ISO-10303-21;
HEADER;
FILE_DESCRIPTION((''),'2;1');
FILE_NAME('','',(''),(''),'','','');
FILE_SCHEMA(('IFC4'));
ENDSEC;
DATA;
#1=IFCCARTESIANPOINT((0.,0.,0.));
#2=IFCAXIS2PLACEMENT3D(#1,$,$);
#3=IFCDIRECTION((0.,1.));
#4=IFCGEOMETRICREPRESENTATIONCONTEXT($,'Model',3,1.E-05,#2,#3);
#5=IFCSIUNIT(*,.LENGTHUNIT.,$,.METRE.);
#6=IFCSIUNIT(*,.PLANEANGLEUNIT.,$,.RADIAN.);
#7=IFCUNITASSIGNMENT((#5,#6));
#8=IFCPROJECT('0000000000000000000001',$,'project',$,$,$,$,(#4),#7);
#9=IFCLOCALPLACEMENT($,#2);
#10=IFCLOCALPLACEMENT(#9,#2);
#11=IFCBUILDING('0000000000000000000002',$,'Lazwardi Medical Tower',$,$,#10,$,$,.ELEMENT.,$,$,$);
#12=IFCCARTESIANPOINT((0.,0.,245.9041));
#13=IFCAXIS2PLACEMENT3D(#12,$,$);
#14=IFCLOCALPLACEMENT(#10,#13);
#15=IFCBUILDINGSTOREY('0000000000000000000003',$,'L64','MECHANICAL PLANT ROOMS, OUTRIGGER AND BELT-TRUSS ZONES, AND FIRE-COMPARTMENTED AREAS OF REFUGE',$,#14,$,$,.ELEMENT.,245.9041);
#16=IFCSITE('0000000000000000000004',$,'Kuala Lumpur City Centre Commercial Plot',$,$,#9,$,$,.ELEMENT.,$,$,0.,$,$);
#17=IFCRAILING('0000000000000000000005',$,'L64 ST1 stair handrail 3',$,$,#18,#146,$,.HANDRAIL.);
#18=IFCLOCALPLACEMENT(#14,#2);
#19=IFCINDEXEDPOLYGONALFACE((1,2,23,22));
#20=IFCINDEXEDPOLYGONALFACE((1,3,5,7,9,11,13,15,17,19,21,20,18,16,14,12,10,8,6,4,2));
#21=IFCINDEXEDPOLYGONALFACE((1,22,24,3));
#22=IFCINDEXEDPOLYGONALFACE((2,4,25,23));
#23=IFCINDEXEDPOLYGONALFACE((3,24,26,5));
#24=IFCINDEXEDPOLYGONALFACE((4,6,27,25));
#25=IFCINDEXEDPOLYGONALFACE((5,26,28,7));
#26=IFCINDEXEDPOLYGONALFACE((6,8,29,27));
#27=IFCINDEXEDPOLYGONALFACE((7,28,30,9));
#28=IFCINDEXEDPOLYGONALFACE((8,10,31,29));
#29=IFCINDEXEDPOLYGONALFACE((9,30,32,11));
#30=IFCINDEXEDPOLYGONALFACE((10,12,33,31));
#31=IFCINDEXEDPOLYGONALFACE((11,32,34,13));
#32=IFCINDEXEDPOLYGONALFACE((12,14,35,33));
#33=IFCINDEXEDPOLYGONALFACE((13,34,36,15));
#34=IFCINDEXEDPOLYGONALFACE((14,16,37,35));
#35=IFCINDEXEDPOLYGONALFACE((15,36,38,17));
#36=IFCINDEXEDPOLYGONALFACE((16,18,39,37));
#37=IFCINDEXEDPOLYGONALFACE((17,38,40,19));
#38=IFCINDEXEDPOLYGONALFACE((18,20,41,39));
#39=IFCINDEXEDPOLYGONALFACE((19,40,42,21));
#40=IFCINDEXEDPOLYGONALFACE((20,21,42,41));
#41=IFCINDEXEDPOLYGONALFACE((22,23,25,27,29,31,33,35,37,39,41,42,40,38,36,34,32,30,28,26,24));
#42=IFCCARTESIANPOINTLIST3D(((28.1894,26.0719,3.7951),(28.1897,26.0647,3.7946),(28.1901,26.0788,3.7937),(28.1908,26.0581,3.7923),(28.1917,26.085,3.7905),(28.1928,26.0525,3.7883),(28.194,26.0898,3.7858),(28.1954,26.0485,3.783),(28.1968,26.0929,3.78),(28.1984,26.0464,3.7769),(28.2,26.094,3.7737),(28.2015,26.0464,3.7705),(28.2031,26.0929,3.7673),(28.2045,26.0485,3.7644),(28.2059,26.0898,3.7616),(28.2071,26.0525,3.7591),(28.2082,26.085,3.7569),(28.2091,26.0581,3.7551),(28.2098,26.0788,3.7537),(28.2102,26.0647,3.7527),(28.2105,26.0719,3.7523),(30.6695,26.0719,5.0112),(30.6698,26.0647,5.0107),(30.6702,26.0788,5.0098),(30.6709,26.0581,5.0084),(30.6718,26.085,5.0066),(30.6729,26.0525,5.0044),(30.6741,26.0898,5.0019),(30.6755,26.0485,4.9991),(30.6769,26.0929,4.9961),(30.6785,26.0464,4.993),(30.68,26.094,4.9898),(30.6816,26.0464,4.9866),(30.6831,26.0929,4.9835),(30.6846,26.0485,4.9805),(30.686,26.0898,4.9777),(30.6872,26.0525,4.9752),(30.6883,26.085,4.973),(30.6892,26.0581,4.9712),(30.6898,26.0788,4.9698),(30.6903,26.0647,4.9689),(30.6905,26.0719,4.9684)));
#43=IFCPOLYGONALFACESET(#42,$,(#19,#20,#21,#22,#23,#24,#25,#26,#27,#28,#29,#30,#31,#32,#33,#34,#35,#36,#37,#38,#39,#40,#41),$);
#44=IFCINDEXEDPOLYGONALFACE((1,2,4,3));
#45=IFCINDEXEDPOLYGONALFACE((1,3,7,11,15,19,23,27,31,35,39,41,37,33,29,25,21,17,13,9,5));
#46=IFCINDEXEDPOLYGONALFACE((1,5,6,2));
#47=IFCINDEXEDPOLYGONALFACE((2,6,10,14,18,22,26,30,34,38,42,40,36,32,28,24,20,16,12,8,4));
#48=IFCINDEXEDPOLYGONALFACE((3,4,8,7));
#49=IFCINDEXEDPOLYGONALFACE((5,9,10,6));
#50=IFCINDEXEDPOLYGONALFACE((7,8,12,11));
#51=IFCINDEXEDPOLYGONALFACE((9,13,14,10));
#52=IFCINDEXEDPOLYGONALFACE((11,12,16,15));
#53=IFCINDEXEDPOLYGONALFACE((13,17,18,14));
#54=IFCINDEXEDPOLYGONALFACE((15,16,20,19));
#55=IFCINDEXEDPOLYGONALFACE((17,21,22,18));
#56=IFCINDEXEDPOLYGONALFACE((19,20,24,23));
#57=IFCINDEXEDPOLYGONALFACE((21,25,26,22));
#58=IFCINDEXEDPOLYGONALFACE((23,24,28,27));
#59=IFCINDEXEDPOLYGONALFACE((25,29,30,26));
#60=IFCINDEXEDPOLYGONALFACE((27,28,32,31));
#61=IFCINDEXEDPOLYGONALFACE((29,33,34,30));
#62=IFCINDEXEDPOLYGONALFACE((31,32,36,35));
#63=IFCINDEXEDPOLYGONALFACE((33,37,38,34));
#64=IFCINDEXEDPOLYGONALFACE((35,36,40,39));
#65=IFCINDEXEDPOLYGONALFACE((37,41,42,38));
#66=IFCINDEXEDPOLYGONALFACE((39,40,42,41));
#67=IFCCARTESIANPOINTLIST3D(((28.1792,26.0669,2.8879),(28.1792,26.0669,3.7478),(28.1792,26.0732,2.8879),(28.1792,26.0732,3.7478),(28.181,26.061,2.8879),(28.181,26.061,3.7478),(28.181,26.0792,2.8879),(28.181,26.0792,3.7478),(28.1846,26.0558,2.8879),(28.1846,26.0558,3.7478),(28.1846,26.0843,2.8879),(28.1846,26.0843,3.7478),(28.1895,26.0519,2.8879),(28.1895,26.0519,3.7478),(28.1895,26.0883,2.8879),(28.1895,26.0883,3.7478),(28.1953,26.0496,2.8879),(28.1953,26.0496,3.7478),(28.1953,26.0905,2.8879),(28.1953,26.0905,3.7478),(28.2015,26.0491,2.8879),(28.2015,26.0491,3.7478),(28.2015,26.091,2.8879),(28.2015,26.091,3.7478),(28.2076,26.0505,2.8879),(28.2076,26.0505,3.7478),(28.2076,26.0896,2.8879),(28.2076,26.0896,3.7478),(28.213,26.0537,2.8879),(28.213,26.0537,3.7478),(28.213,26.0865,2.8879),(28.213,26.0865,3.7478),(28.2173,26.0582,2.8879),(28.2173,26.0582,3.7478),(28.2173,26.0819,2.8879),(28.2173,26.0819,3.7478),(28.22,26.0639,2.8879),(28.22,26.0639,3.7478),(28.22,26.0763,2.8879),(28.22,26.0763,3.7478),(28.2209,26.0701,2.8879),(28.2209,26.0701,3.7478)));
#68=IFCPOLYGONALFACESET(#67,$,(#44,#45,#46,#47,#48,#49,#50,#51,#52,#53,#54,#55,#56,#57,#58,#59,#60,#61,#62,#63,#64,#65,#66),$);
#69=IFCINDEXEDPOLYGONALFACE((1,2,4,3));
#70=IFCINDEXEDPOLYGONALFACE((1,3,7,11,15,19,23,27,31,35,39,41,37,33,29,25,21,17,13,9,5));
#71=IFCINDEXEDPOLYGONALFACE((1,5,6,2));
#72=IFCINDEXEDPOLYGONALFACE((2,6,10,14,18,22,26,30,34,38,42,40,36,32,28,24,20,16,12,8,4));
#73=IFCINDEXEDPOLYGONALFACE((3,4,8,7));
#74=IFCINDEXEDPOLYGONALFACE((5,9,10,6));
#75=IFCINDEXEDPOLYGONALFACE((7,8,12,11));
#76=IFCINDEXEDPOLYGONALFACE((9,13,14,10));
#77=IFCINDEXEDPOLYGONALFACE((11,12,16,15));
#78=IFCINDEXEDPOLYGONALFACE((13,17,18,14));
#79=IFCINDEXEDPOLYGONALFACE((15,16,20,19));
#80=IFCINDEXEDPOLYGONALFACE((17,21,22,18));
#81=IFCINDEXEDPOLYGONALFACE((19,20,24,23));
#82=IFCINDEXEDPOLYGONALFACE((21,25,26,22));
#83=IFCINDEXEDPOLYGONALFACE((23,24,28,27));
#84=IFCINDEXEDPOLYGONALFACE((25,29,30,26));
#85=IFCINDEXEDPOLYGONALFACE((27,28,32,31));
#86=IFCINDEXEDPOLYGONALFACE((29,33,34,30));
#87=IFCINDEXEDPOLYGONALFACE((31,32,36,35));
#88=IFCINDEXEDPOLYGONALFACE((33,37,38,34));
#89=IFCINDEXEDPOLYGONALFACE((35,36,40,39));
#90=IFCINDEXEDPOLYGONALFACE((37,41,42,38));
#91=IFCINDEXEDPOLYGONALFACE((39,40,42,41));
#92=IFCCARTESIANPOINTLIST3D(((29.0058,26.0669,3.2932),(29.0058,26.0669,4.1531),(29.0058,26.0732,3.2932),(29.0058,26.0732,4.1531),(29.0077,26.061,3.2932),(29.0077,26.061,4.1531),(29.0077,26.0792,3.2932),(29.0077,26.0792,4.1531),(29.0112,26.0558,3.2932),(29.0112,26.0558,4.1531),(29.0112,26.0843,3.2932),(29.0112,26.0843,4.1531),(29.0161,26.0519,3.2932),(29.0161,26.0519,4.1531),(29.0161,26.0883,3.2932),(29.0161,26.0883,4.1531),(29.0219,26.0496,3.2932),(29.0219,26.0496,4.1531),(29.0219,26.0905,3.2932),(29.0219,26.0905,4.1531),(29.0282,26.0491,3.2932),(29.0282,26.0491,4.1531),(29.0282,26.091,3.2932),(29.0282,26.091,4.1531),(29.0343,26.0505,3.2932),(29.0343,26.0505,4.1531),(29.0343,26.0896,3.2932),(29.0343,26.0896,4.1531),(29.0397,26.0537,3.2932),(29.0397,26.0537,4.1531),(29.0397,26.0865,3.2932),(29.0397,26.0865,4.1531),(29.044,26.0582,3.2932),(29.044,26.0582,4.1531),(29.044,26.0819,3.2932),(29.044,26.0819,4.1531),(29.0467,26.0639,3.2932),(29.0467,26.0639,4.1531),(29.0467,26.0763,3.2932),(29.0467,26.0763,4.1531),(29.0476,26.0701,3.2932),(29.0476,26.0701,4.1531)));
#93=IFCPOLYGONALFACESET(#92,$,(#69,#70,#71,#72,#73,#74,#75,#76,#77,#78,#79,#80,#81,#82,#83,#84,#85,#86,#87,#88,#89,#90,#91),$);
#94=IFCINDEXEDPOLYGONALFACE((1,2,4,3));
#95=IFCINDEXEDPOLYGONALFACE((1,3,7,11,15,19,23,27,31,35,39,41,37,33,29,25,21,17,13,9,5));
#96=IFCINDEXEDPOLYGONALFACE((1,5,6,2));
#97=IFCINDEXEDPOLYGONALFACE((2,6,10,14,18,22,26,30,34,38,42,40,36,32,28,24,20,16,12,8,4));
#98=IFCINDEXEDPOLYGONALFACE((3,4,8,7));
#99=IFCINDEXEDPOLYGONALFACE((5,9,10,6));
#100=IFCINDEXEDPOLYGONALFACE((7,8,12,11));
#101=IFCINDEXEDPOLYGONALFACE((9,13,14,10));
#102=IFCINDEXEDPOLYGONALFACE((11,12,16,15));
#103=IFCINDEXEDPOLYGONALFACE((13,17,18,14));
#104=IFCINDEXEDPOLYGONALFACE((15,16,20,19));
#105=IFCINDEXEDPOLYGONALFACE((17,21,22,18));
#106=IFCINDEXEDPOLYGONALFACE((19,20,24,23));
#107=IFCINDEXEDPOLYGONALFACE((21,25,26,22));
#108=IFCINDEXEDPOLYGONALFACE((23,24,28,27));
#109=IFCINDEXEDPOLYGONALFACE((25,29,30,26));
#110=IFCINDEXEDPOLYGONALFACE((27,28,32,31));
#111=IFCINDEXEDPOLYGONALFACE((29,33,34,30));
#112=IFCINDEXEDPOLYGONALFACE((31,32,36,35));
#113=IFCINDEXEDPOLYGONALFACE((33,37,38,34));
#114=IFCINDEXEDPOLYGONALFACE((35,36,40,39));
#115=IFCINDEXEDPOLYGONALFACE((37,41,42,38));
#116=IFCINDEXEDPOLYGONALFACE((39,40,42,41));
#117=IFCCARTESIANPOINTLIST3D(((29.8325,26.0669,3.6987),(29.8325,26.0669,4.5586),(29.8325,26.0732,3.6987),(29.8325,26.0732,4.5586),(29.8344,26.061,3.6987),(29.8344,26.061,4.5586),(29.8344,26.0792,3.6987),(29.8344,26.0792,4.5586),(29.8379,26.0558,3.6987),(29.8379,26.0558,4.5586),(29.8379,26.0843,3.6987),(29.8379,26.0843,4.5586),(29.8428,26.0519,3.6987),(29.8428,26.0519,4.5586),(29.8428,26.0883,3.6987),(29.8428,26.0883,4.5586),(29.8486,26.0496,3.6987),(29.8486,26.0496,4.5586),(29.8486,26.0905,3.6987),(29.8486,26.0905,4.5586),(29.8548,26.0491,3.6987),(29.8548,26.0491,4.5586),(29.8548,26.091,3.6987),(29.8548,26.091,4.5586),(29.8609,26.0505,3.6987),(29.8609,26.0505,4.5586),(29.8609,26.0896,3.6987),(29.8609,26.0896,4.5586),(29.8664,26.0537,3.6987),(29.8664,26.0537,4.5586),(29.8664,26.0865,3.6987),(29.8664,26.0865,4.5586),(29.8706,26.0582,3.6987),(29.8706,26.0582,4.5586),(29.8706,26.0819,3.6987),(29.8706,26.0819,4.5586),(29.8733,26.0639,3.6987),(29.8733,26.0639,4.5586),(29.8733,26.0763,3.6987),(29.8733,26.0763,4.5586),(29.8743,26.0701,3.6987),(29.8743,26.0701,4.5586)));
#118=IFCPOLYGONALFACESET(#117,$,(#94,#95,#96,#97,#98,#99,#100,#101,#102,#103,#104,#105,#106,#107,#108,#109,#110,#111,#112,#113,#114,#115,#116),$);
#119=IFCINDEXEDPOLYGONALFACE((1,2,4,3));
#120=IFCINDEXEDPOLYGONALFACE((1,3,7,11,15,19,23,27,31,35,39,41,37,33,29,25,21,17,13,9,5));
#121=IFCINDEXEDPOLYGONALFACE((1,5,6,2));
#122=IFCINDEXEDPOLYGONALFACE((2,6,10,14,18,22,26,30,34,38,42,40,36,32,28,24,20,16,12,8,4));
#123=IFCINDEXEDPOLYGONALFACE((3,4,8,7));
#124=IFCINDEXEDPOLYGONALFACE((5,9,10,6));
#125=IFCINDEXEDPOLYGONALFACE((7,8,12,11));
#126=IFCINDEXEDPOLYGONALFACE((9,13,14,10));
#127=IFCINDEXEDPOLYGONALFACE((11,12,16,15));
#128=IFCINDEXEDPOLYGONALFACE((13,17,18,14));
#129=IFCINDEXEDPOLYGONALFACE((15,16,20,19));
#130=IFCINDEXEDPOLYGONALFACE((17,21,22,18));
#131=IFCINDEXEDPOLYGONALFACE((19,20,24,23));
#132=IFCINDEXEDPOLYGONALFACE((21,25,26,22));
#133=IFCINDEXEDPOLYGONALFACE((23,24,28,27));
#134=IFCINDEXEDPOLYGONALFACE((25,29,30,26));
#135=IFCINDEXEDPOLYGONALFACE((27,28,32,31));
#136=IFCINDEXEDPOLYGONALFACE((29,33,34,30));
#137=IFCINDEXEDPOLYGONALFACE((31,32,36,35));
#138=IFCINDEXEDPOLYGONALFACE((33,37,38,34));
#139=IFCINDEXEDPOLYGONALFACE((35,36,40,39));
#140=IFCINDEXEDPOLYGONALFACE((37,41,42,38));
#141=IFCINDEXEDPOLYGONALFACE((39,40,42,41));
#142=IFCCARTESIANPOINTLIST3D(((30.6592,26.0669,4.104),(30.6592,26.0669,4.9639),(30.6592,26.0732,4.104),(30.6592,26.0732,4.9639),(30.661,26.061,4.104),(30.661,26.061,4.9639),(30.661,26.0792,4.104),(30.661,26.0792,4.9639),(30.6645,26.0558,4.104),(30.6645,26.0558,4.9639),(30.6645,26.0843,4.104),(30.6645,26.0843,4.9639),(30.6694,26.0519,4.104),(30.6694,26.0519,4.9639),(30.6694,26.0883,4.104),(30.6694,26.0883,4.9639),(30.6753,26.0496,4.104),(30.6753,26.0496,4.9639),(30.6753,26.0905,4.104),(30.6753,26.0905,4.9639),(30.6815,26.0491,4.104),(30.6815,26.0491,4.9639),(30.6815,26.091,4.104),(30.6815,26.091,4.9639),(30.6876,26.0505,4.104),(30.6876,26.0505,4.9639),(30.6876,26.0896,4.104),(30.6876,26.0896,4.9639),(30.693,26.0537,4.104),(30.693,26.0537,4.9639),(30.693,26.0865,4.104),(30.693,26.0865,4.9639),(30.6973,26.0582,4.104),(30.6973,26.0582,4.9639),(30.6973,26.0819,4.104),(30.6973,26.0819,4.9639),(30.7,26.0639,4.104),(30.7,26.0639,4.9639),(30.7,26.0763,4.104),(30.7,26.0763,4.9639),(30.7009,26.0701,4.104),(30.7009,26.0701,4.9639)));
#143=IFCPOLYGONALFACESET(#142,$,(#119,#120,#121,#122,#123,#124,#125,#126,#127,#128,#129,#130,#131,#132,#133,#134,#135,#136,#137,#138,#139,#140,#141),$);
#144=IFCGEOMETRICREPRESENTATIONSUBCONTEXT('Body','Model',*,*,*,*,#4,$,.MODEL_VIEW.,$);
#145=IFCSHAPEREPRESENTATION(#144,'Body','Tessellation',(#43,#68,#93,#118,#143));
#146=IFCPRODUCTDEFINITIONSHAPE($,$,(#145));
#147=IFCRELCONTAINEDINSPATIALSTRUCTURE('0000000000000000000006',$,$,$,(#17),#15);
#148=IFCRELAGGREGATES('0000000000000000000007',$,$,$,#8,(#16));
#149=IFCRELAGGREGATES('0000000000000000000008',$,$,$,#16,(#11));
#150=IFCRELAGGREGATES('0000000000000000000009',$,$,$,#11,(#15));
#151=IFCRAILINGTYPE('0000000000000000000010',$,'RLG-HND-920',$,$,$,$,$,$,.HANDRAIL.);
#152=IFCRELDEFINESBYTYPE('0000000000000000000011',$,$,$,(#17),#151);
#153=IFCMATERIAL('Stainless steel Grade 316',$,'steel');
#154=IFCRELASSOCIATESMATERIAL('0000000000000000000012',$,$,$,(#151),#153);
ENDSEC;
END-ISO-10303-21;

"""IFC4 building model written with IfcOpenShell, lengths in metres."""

from ifc_helpers import new_model, si_unit, direction, frame, origin, origin_2d, place, context, subcontext, project, spatial, circle, extrude, material, type_object, element, save


model = new_model("IFC4")

# Units and contexts
model_context = context("Model", 3, precision=1e-05, world=origin(), true_north=direction((0.0, 1.0)))
body_context = subcontext(model_context, "Body", "Model", "MODEL_VIEW")
ifc_project = project(units=[si_unit("LENGTHUNIT", "METRE"), si_unit("PLANEANGLEUNIT", "RADIAN")], contexts=[model_context])

# Site, building, storey
site_placement = place(None, origin())
site = spatial("IfcSite", under=ifc_project, at=site_placement, Name="Kuala Lumpur City Centre Commercial Plot", CompositionType="ELEMENT", RefElevation=0.0)
building_placement = place(site_placement, origin())
building = spatial("IfcBuilding", under=site, at=building_placement, Name="Lazwardi Medical Tower", CompositionType="ELEMENT")
storey_placement = place(building_placement, frame((0.0, 0.0, 245.9041)))
storey = spatial("IfcBuildingStorey", under=building, at=storey_placement, Name="L64", Description="MECHANICAL PLANT ROOMS, OUTRIGGER AND BELT-TRUSS ZONES, AND FIRE-COMPARTMENTED AREAS OF REFUGE", CompositionType="ELEMENT", Elevation=245.9041)

# Railing
ifc_material_1 = material(Name="Stainless steel Grade 316", Category="steel")
railing_type_1 = type_object("IfcRailingType", Name="RLG-HND-920", PredefinedType="HANDRAIL", material=ifc_material_1)
for number, where, name in (
    (1, (28.2, 26.0701, 2.8879), "L64 ST1 stair handrail 3"),
):
    element("IfcRailing", number, at=place(storey_placement, frame(where)), inside=storey, type_object=railing_type_1, Name=name, PredefinedType="HANDRAIL", context=body_context, shape_type="SweptSolid", body=[
        extrude(circle(Radius=0.0239, at=origin_2d()), frame((0.0, 0.0, 0.8857), z_axis=(0.897865, 0.0, 0.44027), x_axis=(0.0, 1.0, 0.0)), (0.0, 0.0, 1.0), 2.7622),
        extrude(circle(Radius=0.021, at=origin_2d()), origin(), (0.0, 0.0, 1.0), 0.8599),
        extrude(circle(Radius=0.021, at=origin_2d()), frame((0.8267, 0.0, 0.4053)), (0.0, 0.0, 1.0), 0.8599),
        extrude(circle(Radius=0.021, at=origin_2d()), frame((1.6533, 0.0, 0.8108)), (0.0, 0.0, 1.0), 0.8599),
        extrude(circle(Radius=0.021, at=origin_2d()), frame((2.48, 0.0, 1.2161)), (0.0, 0.0, 1.0), 0.8599),
    ])

save(model, "model.ifc")
